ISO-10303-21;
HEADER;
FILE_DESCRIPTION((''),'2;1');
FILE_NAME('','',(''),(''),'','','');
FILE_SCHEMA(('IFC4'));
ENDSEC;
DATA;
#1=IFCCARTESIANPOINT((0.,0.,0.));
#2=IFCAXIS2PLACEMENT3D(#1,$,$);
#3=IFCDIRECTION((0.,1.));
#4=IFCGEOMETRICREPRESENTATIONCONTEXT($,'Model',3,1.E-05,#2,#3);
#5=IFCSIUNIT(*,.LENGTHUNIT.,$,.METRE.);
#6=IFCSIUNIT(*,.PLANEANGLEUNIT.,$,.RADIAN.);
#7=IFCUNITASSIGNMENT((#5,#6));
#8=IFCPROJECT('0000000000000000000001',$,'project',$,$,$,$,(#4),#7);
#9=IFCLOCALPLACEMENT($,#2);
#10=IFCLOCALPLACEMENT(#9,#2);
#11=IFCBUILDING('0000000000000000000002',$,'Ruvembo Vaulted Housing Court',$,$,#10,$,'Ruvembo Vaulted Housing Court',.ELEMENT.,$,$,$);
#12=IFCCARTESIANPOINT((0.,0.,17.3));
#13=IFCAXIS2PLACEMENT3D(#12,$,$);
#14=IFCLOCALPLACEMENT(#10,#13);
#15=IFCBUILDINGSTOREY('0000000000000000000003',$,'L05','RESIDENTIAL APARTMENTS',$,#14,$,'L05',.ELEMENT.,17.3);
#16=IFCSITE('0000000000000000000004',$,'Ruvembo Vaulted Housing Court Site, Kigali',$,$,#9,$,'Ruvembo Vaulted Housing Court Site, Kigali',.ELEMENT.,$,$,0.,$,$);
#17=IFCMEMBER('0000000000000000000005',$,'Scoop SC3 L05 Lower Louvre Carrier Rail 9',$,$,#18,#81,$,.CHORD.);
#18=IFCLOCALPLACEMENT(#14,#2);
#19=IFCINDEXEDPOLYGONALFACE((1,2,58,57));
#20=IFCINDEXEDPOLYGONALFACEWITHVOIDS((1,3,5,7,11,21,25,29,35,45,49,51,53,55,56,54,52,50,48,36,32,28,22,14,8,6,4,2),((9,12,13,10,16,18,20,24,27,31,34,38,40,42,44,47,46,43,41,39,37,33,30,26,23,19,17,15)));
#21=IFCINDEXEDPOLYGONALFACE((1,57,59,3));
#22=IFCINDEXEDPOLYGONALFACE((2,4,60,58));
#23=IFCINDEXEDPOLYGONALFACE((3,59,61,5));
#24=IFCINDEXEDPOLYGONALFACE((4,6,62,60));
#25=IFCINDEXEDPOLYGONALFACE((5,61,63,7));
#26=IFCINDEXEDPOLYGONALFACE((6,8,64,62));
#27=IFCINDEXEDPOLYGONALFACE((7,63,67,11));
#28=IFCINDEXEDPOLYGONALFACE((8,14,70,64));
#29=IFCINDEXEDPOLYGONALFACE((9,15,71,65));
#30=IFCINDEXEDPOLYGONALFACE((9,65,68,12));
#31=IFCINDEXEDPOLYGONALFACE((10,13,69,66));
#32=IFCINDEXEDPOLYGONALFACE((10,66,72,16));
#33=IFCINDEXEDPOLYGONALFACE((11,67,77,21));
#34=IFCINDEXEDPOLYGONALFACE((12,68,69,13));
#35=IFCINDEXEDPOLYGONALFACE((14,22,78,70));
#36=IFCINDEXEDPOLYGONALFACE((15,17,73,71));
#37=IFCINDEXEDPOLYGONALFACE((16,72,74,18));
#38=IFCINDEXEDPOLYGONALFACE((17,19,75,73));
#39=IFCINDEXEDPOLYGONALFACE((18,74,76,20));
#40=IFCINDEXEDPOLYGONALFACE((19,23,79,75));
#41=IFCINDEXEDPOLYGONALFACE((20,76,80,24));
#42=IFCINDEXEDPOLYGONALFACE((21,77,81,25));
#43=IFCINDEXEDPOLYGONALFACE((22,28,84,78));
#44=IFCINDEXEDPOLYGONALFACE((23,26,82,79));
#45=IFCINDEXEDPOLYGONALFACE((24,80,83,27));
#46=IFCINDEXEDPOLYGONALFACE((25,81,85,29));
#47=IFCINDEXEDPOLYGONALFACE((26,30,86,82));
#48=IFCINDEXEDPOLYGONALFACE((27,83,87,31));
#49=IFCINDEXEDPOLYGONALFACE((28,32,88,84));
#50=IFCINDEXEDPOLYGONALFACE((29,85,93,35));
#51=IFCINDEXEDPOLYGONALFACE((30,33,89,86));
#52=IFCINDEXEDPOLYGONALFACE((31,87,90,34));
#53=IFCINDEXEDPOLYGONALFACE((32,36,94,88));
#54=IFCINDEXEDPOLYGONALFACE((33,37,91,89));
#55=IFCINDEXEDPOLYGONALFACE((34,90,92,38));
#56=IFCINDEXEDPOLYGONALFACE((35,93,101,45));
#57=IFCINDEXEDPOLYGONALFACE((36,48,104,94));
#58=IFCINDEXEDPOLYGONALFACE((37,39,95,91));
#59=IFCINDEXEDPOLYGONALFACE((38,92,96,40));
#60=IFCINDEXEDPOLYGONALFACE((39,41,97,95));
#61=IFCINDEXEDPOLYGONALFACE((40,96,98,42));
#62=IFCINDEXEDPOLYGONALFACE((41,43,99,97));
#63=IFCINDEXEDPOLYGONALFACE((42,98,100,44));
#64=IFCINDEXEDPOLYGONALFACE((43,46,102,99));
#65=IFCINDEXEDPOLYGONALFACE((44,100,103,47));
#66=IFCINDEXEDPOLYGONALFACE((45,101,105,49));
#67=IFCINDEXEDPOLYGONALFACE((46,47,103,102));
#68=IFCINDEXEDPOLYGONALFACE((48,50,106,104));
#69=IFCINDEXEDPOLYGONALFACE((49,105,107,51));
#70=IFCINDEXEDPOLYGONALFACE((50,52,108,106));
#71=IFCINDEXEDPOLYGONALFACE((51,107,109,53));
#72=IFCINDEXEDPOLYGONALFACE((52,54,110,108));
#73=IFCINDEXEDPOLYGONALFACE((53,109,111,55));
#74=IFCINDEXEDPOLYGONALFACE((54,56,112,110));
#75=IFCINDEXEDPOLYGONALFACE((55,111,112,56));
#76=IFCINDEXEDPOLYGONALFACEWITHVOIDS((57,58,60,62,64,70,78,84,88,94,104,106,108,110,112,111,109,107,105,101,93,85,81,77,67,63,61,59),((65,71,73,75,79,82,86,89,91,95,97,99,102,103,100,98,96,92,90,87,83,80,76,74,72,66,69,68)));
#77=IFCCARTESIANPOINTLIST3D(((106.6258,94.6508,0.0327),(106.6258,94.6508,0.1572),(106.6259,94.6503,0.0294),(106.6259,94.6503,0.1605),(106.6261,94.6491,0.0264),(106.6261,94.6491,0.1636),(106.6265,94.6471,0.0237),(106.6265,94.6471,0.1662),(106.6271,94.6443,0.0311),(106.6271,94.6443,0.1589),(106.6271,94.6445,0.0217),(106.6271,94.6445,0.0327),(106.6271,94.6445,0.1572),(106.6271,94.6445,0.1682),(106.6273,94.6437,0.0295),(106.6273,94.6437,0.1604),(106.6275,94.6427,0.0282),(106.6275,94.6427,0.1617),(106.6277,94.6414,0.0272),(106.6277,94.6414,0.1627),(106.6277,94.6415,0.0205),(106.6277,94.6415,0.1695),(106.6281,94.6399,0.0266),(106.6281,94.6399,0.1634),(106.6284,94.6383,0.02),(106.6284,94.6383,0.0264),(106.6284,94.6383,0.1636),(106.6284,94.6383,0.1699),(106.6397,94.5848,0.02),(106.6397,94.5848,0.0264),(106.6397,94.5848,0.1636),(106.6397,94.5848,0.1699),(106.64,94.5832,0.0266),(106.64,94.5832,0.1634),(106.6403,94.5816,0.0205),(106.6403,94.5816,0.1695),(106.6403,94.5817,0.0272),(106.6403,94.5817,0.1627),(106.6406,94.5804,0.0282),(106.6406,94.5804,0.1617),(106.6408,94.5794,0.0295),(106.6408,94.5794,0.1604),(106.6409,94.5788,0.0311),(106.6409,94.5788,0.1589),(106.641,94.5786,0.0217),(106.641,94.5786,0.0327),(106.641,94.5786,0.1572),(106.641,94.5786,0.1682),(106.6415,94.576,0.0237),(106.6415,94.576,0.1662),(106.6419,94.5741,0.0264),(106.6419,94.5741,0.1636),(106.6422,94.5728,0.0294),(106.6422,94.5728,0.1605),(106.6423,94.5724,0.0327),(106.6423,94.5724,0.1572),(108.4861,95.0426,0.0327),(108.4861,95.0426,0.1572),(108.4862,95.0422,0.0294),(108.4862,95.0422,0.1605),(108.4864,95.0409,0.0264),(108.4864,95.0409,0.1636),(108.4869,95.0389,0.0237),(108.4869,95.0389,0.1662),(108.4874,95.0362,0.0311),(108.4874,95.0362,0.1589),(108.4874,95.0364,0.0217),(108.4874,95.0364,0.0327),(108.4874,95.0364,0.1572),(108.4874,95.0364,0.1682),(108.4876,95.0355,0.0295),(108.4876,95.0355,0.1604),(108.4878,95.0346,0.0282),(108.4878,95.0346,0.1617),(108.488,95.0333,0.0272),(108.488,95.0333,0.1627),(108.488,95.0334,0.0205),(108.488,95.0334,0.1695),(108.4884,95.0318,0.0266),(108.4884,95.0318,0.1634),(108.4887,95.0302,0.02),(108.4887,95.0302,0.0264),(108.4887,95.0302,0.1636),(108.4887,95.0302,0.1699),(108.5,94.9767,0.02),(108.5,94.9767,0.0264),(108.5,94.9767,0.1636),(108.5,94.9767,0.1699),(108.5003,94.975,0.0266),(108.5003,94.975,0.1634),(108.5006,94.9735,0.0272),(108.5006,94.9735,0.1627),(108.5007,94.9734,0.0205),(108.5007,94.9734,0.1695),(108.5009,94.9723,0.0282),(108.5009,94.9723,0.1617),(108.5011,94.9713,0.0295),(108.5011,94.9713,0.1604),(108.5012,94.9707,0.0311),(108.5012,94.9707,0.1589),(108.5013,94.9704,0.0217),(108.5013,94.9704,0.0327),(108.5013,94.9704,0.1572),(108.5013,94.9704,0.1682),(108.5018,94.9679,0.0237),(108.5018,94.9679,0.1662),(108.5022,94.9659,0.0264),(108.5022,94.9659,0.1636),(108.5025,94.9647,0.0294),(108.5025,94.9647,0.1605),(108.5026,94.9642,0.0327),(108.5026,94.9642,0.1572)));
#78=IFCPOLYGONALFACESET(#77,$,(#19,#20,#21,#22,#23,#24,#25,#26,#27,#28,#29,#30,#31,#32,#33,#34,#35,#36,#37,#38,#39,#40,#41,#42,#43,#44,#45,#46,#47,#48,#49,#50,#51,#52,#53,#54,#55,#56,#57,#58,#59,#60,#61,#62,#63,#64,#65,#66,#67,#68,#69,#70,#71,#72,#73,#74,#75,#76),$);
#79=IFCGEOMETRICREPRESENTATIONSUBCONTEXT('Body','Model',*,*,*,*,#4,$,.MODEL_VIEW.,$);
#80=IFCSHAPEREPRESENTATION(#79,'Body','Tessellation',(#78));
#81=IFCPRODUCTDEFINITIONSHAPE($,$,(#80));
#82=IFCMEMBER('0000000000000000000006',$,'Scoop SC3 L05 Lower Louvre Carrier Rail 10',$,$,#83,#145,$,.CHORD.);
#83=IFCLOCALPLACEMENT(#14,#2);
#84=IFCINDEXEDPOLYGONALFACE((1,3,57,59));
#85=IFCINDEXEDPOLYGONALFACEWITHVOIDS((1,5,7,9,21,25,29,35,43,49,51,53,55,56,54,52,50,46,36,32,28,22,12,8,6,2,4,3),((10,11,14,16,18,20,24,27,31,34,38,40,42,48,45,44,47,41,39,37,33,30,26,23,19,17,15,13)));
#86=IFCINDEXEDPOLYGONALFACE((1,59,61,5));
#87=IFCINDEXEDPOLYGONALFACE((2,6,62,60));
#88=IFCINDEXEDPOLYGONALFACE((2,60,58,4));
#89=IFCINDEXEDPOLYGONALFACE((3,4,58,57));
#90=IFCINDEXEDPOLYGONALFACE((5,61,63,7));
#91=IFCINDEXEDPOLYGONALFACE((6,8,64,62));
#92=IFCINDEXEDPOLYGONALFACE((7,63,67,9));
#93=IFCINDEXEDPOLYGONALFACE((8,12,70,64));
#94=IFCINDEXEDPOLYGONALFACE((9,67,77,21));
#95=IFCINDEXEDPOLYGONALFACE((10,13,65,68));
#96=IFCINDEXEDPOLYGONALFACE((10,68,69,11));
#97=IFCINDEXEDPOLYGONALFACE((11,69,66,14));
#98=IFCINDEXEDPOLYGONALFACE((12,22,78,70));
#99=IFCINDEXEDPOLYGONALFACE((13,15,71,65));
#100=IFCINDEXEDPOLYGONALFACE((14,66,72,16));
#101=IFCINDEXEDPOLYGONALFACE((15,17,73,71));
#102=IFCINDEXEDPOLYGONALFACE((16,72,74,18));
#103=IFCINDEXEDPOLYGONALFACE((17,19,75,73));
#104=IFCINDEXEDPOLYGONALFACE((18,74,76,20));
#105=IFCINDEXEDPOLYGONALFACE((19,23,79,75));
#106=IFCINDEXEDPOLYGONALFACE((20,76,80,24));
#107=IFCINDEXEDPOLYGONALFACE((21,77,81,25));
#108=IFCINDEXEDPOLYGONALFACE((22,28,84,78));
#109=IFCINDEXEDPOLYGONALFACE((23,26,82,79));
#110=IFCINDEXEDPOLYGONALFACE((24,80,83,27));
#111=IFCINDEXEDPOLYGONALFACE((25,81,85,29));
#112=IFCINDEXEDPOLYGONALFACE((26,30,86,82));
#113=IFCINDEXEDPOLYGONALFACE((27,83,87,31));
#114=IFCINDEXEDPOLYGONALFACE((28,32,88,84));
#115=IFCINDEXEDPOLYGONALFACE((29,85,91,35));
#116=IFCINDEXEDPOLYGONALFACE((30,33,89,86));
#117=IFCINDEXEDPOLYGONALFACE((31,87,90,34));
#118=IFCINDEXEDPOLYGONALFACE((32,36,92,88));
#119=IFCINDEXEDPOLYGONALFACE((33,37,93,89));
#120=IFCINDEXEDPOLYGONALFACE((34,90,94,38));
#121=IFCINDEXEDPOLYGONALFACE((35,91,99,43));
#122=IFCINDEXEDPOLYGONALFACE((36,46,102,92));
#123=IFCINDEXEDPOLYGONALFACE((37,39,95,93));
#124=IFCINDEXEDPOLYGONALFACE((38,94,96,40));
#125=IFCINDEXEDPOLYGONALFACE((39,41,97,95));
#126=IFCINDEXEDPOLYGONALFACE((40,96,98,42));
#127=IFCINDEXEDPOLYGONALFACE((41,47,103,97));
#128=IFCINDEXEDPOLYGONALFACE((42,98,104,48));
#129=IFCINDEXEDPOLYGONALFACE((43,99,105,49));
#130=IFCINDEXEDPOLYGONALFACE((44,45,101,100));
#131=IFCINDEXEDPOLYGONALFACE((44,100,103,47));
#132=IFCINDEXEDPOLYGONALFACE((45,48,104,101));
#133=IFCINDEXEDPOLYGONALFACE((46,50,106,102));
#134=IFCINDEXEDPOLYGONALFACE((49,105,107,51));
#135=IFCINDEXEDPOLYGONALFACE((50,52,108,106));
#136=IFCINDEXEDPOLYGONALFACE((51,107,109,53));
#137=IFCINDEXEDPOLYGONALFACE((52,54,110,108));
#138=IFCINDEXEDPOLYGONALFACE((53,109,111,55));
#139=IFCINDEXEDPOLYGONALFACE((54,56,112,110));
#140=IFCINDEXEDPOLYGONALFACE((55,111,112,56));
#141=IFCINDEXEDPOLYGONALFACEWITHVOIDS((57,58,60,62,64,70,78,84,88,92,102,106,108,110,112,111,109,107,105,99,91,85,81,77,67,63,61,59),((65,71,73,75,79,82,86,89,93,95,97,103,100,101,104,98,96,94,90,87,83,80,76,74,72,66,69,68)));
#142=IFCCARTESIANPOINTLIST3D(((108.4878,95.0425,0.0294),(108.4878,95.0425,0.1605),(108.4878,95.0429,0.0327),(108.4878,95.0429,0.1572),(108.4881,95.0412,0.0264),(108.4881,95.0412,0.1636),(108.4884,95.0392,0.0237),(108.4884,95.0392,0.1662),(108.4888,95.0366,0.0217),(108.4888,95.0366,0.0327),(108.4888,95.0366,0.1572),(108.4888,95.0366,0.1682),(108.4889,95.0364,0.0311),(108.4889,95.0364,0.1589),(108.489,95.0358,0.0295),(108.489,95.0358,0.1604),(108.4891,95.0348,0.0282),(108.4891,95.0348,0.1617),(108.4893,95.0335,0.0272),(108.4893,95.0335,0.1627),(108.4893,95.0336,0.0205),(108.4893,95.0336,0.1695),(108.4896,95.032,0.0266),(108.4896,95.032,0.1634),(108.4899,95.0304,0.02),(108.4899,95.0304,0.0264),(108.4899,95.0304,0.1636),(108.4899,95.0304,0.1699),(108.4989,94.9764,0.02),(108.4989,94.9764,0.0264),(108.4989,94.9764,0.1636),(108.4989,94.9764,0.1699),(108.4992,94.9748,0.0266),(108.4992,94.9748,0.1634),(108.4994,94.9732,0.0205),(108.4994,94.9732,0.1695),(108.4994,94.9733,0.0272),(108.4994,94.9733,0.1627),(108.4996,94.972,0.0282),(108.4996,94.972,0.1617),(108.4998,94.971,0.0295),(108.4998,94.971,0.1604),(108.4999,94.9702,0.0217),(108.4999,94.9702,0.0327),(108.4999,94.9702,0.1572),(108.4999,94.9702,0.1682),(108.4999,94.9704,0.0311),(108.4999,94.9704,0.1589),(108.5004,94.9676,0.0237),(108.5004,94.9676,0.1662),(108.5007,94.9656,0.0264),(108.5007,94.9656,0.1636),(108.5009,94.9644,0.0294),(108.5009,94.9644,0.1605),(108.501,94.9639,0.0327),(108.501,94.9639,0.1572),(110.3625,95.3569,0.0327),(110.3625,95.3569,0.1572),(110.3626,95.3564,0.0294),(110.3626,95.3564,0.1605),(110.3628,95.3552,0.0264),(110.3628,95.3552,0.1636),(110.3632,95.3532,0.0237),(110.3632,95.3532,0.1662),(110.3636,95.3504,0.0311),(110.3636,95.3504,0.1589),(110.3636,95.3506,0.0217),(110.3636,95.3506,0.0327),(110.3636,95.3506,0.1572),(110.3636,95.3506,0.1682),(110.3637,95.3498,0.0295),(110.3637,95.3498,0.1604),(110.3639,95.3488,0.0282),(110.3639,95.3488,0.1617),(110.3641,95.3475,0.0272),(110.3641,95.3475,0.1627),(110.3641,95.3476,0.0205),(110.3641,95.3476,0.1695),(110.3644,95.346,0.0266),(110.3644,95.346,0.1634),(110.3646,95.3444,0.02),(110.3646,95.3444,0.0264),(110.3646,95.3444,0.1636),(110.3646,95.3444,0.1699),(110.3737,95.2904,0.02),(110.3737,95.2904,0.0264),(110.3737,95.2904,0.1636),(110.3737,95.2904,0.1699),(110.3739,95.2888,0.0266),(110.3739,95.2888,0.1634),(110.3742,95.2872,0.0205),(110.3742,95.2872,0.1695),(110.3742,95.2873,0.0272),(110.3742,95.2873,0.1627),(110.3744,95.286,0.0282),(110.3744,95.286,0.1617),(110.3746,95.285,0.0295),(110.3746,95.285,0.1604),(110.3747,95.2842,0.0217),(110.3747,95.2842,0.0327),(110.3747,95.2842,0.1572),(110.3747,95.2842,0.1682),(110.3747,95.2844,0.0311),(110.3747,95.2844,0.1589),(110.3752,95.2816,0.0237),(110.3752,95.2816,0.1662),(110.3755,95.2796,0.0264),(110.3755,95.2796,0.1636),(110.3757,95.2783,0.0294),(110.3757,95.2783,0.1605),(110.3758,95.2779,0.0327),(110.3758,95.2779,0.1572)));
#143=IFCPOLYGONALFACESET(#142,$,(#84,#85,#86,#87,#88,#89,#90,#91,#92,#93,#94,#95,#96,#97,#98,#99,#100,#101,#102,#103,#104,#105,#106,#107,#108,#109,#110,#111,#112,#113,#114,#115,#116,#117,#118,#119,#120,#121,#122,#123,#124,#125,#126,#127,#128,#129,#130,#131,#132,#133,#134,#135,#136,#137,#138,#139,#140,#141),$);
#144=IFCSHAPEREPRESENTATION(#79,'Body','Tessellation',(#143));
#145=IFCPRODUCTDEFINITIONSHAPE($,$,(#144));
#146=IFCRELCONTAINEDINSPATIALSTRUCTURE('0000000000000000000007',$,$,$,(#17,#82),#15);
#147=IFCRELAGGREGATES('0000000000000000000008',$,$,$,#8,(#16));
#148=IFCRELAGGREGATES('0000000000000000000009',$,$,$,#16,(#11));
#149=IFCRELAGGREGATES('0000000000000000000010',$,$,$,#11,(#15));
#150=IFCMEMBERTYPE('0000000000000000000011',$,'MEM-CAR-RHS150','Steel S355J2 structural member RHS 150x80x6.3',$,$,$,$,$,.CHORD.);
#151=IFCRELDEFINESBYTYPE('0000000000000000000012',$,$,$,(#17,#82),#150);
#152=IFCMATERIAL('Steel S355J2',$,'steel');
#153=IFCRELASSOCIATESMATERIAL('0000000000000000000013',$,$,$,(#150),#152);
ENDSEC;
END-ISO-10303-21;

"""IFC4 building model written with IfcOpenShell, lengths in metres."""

from ifc_helpers import new_model, si_unit, direction, frame, origin, origin_2d, place, context, subcontext, project, spatial, hollow_rectangle, extrude, material, material_profile, profile_set, type_object, element, save


model = new_model("IFC4")

# Units and contexts
model_context = context("Model", 3, precision=1e-05, world=origin(), true_north=direction((0.0, 1.0)))
body_context = subcontext(model_context, "Body", "Model", "MODEL_VIEW")
ifc_project = project(units=[si_unit("LENGTHUNIT", "METRE"), si_unit("PLANEANGLEUNIT", "RADIAN")], contexts=[model_context])

# Site, building, storey
site_placement = place(None, origin())
site = spatial("IfcSite", under=ifc_project, at=site_placement, Name="Ruvembo Vaulted Housing Court Site, Kigali", LongName="Ruvembo Vaulted Housing Court Site, Kigali", CompositionType="ELEMENT", RefElevation=0.0)
building_placement = place(site_placement, origin())
building = spatial("IfcBuilding", under=site, at=building_placement, Name="Ruvembo Vaulted Housing Court", LongName="Ruvembo Vaulted Housing Court", CompositionType="ELEMENT")
storey_placement = place(building_placement, frame((0.0, 0.0, 17.3)))
storey = spatial("IfcBuildingStorey", under=building, at=storey_placement, Name="L05", Description="RESIDENTIAL APARTMENTS", LongName="L05", CompositionType="ELEMENT", Elevation=17.3)

# Shared definitions
ifc_material_1 = material(Name="Steel S355J2", Category="steel")

# Members
ifc_material_profile_1 = material_profile(ifc_material_1, hollow_rectangle(XDim=0.0801, YDim=0.1499, WallThickness=0.0063, InnerFilletRadius=0.0063, OuterFilletRadius=0.0127, at=origin_2d()), Name="RHS 150x80x6.3")
ifc_profile_set_1 = profile_set([ifc_material_profile_1], Name="Steel S355J2")
member_type_1 = type_object("IfcMemberType", Name="MEM-CAR-RHS150", Description="Steel S355J2 structural member RHS 150x80x6.3", PredefinedType="CHORD", material=ifc_profile_set_1)
member_1_placement = place(storey_placement, frame((106.634, 94.6116, 0.095), z_axis=(0.978529, 0.206108, 0.0), x_axis=(-0.206108, 0.978529, 0.0)))
element("IfcMember", 1, at=member_1_placement, inside=storey, type_object=member_type_1, Name="Scoop SC3 L05 Lower Louvre Carrier Rail 9", PredefinedType="CHORD", context=body_context, shape_type="SweptSolid", body=[
    extrude(hollow_rectangle(XDim=0.0801, YDim=0.1499, WallThickness=0.0063, InnerFilletRadius=0.0063, OuterFilletRadius=0.0127, at=origin_2d()), origin(), (0.0, 0.0, 1.0), 1.9011),
])
member_2_placement = place(storey_placement, frame((108.4944, 95.0034, 0.095), z_axis=(0.986265, 0.16517, 0.0), x_axis=(-0.16517, 0.986265, 0.0)))
element("IfcMember", 2, at=member_2_placement, inside=storey, type_object=member_type_1, Name="Scoop SC3 L05 Lower Louvre Carrier Rail 10", PredefinedType="CHORD", context=body_context, shape_type="SweptSolid", body=[
    extrude(hollow_rectangle(XDim=0.0801, YDim=0.1499, WallThickness=0.0063, InnerFilletRadius=0.0063, OuterFilletRadius=0.0127, at=origin_2d()), origin(), (0.0, 0.0, 1.0), 1.9009),
])

save(model, "model.ifc")
